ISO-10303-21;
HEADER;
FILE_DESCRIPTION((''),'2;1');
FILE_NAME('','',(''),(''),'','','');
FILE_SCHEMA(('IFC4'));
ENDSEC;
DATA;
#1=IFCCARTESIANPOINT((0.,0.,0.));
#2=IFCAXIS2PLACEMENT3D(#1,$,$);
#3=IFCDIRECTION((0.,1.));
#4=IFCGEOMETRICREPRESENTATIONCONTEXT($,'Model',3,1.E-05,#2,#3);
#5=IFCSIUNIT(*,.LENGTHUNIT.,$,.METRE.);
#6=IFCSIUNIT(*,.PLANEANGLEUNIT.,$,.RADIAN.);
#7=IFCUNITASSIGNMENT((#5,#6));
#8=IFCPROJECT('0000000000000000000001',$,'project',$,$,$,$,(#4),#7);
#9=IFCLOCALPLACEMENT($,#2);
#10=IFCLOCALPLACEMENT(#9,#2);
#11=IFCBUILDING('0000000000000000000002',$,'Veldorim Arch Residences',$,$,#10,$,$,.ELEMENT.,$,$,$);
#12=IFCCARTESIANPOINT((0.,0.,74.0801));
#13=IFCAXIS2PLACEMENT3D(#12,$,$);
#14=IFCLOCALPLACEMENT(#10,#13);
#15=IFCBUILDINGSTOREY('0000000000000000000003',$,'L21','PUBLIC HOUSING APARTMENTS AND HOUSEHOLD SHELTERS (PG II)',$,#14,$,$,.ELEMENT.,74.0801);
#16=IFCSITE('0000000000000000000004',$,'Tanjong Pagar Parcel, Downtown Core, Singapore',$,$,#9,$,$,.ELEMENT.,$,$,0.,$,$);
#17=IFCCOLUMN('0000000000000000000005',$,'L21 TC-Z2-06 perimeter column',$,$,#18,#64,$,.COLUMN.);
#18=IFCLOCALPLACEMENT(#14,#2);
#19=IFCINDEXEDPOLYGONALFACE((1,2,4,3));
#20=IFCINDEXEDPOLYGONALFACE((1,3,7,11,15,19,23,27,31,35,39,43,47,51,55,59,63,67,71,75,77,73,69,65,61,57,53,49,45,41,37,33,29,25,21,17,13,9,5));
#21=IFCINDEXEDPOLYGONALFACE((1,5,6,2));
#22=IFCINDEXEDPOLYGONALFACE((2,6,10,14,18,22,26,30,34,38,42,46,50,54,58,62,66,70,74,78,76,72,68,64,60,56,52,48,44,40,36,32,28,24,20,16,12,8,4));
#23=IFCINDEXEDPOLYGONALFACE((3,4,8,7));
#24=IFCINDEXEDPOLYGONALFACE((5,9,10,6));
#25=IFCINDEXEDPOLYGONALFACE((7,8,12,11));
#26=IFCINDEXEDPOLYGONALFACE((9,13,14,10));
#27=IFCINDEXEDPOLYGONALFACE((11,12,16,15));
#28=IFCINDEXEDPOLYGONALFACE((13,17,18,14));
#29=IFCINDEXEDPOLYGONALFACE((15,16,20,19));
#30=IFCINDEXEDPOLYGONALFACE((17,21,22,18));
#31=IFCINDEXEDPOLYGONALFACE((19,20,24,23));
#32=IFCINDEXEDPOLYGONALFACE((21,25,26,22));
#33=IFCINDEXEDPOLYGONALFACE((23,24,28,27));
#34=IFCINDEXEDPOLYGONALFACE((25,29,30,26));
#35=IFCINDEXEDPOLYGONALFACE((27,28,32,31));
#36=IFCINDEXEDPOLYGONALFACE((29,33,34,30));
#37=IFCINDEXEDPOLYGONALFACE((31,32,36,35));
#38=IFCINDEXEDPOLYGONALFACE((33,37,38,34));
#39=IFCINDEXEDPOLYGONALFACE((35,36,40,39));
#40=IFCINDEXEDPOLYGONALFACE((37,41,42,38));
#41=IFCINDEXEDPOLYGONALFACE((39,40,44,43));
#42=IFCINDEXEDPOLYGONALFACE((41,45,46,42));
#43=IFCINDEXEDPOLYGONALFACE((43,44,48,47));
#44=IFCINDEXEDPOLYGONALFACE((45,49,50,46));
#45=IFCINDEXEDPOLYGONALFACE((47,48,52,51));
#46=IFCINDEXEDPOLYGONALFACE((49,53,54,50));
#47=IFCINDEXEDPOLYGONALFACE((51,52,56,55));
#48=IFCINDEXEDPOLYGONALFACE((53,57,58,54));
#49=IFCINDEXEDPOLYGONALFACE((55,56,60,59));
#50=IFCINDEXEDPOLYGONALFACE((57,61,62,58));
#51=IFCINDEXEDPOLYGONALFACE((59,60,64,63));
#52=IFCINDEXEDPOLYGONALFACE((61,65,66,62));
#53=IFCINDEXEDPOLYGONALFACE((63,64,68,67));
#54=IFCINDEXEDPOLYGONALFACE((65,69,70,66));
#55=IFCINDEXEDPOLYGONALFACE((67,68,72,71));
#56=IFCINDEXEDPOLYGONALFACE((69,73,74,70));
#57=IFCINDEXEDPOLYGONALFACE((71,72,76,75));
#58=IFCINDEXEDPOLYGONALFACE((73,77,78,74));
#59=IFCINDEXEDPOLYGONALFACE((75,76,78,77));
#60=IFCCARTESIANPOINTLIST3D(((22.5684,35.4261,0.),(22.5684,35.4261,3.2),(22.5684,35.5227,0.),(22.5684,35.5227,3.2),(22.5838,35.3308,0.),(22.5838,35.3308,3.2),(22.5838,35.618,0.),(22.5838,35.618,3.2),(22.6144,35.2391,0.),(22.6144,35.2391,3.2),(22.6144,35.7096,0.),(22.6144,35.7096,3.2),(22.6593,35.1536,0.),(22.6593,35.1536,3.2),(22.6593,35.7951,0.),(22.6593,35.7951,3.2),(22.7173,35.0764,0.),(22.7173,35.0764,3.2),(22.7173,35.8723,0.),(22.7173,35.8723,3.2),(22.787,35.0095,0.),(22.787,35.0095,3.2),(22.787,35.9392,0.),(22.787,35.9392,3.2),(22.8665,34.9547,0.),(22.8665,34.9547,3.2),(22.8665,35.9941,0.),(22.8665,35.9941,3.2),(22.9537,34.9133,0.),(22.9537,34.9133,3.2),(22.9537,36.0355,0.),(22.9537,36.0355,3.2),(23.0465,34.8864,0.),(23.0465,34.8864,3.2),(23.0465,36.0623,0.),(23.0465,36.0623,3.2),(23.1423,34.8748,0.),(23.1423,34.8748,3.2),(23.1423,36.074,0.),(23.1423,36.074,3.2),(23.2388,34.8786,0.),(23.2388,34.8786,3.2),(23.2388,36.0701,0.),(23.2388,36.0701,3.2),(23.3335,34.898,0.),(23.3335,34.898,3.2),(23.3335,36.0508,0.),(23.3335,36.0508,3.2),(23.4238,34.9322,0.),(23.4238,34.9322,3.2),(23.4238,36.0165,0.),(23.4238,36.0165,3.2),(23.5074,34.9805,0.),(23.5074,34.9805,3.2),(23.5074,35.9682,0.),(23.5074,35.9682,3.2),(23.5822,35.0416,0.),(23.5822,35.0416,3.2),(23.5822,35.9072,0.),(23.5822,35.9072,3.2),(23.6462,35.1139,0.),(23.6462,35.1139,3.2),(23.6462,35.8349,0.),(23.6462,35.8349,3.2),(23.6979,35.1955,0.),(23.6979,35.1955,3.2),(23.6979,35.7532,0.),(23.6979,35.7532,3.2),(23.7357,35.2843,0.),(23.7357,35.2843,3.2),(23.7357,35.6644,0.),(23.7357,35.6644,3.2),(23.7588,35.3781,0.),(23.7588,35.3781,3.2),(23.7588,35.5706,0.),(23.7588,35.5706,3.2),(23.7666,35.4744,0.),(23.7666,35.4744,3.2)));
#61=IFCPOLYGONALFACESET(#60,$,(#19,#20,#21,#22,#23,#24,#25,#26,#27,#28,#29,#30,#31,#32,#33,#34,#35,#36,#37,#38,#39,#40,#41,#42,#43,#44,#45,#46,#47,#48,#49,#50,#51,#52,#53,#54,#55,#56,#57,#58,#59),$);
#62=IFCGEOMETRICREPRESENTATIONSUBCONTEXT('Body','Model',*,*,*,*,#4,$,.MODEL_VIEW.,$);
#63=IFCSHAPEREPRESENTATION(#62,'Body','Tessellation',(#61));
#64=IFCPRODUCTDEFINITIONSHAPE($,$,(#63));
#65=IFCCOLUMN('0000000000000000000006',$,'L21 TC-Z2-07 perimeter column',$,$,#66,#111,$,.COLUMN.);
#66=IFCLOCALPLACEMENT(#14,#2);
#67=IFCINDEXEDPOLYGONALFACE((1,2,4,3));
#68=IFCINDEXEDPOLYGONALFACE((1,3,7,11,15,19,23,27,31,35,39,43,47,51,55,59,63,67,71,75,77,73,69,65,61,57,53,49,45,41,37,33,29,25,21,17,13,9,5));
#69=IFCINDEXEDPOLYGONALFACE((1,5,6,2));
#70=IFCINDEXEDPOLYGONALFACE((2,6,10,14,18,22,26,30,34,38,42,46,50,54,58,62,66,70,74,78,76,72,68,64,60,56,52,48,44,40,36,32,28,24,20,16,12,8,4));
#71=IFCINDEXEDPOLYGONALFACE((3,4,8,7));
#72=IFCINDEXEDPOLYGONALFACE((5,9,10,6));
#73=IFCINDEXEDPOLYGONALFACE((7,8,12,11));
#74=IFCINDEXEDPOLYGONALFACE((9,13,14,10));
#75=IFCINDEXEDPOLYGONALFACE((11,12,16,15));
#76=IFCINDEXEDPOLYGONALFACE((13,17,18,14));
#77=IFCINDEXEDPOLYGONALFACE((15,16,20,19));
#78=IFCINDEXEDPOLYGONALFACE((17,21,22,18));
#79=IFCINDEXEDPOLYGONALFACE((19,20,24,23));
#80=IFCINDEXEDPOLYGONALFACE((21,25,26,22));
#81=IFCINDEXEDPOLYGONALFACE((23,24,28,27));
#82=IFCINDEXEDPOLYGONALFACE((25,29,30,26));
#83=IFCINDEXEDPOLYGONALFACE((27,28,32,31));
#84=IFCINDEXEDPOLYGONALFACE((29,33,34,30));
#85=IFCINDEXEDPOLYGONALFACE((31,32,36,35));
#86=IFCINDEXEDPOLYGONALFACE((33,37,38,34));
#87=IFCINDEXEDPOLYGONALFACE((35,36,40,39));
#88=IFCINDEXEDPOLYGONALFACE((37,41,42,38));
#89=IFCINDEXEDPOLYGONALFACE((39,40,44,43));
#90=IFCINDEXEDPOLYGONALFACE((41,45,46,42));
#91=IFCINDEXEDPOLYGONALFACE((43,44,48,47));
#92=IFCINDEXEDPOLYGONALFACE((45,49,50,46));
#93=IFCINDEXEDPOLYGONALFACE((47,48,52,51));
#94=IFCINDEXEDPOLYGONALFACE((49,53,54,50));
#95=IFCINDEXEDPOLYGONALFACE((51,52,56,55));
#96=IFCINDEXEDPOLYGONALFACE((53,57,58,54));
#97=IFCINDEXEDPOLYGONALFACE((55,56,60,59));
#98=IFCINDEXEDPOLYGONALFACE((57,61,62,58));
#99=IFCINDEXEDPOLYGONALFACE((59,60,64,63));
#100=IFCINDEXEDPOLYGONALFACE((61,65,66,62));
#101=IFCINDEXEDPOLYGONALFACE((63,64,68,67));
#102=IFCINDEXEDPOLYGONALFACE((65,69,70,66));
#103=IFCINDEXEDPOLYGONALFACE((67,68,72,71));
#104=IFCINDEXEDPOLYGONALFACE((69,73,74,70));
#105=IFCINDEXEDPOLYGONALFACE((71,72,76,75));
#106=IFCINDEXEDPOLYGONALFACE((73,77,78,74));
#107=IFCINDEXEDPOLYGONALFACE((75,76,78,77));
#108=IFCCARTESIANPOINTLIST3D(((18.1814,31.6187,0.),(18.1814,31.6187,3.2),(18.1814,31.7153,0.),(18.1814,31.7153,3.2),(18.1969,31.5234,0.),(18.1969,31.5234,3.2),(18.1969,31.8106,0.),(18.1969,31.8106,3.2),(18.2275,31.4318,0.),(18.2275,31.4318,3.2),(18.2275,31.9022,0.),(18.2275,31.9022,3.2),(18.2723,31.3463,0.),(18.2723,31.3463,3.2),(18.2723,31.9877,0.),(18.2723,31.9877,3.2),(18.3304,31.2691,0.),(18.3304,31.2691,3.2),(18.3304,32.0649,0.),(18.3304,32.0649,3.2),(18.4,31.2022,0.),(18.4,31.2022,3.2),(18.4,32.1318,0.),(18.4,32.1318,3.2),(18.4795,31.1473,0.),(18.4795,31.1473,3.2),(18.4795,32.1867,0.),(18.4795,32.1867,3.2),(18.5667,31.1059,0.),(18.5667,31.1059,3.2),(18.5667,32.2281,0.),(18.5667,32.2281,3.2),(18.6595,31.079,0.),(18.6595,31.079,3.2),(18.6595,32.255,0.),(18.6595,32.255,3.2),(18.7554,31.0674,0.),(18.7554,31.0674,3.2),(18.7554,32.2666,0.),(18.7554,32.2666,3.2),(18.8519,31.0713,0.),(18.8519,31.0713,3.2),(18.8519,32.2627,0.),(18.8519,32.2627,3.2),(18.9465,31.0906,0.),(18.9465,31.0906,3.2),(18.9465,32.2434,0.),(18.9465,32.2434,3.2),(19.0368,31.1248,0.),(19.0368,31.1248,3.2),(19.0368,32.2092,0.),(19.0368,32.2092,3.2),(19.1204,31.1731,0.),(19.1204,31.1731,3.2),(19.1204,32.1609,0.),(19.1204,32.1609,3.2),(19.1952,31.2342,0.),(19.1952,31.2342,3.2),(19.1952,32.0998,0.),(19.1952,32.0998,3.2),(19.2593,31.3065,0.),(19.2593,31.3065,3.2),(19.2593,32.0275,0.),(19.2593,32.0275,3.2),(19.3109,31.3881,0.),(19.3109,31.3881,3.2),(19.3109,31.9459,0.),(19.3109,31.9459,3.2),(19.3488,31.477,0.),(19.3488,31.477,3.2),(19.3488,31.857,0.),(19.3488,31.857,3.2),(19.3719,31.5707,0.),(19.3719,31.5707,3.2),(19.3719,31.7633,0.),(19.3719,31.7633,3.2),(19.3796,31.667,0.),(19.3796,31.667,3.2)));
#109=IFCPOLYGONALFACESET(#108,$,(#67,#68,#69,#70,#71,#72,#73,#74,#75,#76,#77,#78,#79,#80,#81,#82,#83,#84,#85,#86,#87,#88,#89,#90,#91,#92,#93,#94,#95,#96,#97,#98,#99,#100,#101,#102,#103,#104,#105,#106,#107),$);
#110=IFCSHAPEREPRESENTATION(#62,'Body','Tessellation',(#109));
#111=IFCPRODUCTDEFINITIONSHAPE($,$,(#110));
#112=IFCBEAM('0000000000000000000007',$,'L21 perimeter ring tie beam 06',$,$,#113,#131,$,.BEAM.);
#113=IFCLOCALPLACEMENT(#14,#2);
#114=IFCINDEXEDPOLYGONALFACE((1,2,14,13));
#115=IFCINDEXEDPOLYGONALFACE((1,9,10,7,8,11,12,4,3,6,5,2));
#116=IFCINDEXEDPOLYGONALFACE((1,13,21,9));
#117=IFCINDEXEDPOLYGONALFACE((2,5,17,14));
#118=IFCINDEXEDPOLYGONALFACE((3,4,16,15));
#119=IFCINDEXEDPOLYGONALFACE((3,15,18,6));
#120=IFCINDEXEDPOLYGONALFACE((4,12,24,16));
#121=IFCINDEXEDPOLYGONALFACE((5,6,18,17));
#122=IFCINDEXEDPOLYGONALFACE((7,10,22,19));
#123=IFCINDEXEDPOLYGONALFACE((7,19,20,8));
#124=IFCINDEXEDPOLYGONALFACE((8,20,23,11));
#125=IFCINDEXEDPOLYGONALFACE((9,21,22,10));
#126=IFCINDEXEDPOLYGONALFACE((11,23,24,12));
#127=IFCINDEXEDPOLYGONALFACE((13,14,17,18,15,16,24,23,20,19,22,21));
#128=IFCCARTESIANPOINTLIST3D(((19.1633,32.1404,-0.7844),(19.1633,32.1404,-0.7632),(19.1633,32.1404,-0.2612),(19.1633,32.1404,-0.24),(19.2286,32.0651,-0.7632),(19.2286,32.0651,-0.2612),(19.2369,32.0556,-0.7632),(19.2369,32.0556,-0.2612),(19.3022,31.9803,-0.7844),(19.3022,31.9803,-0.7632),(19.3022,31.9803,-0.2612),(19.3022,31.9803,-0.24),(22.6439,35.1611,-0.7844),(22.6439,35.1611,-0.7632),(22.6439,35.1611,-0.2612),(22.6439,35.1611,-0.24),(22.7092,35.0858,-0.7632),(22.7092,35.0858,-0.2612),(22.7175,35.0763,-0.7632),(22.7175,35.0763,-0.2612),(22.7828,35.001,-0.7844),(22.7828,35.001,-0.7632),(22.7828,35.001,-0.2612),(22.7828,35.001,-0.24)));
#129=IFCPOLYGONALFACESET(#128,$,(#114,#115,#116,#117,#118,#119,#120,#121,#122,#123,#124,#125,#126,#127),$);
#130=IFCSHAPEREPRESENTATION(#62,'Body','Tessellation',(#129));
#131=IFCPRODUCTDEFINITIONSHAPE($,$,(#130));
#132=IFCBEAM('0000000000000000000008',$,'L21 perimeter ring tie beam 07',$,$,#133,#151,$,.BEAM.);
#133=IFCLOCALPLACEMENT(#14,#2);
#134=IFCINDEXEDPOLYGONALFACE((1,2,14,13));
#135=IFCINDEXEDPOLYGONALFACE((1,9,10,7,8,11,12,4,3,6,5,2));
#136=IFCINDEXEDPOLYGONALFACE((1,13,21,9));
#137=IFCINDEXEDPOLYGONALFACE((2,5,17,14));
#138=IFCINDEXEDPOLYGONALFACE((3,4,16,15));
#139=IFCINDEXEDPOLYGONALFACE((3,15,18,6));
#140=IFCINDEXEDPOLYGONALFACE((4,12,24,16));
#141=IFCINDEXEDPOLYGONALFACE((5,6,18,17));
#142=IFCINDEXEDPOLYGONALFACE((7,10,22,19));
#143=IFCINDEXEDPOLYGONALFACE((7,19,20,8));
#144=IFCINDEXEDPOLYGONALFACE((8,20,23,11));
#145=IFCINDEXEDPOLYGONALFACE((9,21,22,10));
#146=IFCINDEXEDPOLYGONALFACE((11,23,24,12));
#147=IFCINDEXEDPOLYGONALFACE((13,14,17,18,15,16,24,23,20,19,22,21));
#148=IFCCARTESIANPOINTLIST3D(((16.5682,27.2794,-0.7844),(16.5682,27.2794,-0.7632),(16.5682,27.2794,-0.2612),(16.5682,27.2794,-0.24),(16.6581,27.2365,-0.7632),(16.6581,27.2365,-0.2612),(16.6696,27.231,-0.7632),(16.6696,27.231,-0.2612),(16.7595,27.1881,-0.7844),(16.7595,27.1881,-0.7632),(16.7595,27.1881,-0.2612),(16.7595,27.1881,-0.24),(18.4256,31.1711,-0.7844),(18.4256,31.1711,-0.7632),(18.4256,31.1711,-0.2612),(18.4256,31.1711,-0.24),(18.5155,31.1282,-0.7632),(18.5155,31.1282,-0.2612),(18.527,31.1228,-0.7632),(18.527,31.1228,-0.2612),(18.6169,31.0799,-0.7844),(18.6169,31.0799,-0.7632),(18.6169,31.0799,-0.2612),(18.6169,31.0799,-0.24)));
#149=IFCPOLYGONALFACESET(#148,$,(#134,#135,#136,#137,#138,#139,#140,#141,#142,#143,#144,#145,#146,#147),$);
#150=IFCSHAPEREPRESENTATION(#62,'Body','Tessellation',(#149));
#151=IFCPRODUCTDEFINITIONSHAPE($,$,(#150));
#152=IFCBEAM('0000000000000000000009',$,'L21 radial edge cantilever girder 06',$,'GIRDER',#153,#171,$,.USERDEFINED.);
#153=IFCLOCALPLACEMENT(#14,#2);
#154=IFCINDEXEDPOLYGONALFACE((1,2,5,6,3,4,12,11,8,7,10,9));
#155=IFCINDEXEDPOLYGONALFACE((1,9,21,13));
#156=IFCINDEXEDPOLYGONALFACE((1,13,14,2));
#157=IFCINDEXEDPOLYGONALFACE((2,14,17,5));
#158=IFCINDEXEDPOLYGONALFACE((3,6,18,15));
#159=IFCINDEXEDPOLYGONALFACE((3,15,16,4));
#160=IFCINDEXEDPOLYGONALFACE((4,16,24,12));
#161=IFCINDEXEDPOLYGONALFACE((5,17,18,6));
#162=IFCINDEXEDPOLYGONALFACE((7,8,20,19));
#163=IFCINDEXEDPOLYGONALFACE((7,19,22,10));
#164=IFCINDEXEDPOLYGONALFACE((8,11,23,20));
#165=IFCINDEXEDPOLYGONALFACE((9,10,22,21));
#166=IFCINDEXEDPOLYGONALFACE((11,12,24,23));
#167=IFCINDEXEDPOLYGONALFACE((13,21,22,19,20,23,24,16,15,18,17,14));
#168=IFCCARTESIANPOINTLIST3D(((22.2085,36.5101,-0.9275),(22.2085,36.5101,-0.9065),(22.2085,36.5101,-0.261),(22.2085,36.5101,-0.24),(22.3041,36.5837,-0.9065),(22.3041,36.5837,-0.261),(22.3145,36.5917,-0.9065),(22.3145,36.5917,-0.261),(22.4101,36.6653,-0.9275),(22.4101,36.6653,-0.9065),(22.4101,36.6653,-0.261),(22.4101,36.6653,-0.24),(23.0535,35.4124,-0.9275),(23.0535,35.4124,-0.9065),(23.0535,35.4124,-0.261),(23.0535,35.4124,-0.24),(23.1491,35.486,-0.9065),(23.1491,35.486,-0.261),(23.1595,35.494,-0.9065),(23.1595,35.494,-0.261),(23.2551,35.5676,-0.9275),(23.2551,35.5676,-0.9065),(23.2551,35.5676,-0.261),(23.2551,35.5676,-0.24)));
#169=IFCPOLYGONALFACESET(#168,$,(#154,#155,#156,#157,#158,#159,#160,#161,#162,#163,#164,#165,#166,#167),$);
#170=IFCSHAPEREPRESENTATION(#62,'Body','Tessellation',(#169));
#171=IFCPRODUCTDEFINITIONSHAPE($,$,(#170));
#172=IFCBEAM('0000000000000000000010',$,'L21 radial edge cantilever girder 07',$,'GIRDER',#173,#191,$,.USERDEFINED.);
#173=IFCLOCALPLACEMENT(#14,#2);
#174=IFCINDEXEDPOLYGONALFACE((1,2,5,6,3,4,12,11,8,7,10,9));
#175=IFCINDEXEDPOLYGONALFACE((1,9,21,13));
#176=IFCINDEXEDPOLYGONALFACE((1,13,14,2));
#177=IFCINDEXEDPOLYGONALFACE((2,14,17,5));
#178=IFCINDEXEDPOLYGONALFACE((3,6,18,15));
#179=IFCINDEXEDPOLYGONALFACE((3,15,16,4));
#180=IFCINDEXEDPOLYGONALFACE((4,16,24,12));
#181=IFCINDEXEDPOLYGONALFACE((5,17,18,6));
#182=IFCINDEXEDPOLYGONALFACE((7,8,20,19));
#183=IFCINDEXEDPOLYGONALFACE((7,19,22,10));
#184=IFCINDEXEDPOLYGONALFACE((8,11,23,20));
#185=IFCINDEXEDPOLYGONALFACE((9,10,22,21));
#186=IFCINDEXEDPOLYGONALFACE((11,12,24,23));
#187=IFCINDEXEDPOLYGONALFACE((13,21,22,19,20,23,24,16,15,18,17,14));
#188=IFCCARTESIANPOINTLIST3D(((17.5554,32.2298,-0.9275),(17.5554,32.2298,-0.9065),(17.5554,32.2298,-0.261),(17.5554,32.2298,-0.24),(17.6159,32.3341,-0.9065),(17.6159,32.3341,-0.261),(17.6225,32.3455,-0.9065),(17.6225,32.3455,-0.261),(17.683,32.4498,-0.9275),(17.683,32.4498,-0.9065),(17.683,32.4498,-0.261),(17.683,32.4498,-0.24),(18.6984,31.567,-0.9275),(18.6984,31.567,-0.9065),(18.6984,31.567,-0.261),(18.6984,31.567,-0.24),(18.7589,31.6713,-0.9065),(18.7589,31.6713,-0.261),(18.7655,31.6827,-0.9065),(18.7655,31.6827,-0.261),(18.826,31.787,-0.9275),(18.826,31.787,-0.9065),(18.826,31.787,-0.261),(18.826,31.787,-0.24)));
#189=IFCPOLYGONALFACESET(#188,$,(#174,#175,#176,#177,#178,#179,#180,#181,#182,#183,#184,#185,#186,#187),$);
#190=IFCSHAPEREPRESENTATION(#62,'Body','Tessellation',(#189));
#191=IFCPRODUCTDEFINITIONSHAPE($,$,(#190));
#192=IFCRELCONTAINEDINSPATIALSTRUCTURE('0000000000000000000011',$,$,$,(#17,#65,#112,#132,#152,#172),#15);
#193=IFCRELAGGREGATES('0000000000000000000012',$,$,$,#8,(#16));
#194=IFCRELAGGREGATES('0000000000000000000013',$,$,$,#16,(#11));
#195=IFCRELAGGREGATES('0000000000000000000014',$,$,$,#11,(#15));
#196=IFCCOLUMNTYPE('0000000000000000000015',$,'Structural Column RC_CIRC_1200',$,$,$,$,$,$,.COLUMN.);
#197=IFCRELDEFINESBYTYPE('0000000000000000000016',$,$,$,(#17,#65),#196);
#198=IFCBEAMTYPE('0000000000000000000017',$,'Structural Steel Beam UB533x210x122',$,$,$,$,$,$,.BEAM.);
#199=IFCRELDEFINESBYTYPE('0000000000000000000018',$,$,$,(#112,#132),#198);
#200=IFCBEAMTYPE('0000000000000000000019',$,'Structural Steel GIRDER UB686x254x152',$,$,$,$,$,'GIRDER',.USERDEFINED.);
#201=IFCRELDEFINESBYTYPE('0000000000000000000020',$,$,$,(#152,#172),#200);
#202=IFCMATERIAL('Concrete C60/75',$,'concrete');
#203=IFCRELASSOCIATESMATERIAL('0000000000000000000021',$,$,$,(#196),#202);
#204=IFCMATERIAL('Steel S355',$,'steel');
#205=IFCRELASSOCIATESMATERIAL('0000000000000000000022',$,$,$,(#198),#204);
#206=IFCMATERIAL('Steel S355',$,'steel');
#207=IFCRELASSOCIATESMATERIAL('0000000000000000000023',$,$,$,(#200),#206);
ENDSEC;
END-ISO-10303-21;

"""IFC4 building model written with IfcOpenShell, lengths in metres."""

from ifc_helpers import new_model, si_unit, direction, frame, origin, origin_2d, place, context, subcontext, project, spatial, circle, i_section, extrude, material, material_profile, profile_set, type_object, element, save


model = new_model("IFC4")

# Units and contexts
model_context = context("Model", 3, precision=1e-05, world=origin(), true_north=direction((0.0, 1.0)))
body_context = subcontext(model_context, "Body", "Model", "MODEL_VIEW")
ifc_project = project(units=[si_unit("LENGTHUNIT", "METRE"), si_unit("PLANEANGLEUNIT", "RADIAN")], contexts=[model_context])

# Site, building, storey
site_placement = place(None, origin())
site = spatial("IfcSite", under=ifc_project, at=site_placement, Name="Tanjong Pagar Parcel, Downtown Core, Singapore", CompositionType="ELEMENT", RefElevation=0.0)
building_placement = place(site_placement, origin())
building = spatial("IfcBuilding", under=site, at=building_placement, Name="Veldorim Arch Residences", CompositionType="ELEMENT")
storey_placement = place(building_placement, frame((0.0, 0.0, 74.0801)))
storey = spatial("IfcBuildingStorey", under=building, at=storey_placement, Name="L21", Description="PUBLIC HOUSING APARTMENTS AND HOUSEHOLD SHELTERS (PG II)", CompositionType="ELEMENT", Elevation=74.0801)

# Columns
ifc_material_1 = material(Name="Concrete C60/75", Category="concrete")
ifc_material_profile_1 = material_profile(ifc_material_1, circle(Radius=0.6001, at=origin_2d()), Name="RC_CIRC_1200")
ifc_profile_set_1 = profile_set([ifc_material_profile_1], Name="Concrete C60/75")
column_type = type_object("IfcColumnType", Name="Structural Column RC_CIRC_1200", PredefinedType="COLUMN", material=ifc_profile_set_1)
for number, where, z_axis, x_axis, name in (
    (1, (23.1665, 35.4744, 0.0), (0.0, 0.0, 1.0), (1.0, 0.0, 0.0), "L21 TC-Z2-06 perimeter column"),
    (2, (18.7795, 31.667, 0.0), (0.0, 0.0, 1.0), (1.0, 0.0, 0.0), "L21 TC-Z2-07 perimeter column"),
):
    element("IfcColumn", number, at=place(storey_placement, frame(where, z_axis=z_axis, x_axis=x_axis)), inside=storey, type_object=column_type, Name=name, PredefinedType="COLUMN", context=body_context, shape_type="SweptSolid", body=[
        extrude(circle(Radius=0.6001, at=origin_2d()), origin(), (0.0, 0.0, 1.0), 3.2),
    ])

# Beams
ifc_material_2 = material(Name="Steel S355", Category="steel")
ifc_material_profile_2 = material_profile(ifc_material_2, i_section(OverallWidth=0.2119, OverallDepth=0.5444, WebThickness=0.0127, FlangeThickness=0.0212, at=origin_2d()), Name="UB533x210x122")
ifc_profile_set_2 = profile_set([ifc_material_profile_2], Name="Steel S355")
beam_type_1 = type_object("IfcBeamType", Name="Structural Steel Beam UB533x210x122", PredefinedType="BEAM", material=ifc_profile_set_2)
beam_1_placement = place(storey_placement, frame((22.7134, 35.0811, -0.5122), z_axis=(-0.755245, -0.655443, 0.0), x_axis=(0.655443, -0.755245, 0.0)))
element("IfcBeam", 3, at=beam_1_placement, inside=storey, type_object=beam_type_1, Name="L21 perimeter ring tie beam 06", PredefinedType="BEAM", context=body_context, shape_type="SweptSolid", body=[
    extrude(i_section(OverallWidth=0.2119, OverallDepth=0.5444, WebThickness=0.0127, FlangeThickness=0.0212, at=origin_2d()), origin(), (0.0, 0.0, 1.0), 4.6086),
])
beam_2_placement = place(storey_placement, frame((18.5212, 31.1255, -0.5122), z_axis=(-0.43072, -0.902486, 0.0), x_axis=(0.902486, -0.43072, 0.0)))
element("IfcBeam", 4, at=beam_2_placement, inside=storey, type_object=beam_type_1, Name="L21 perimeter ring tie beam 07", PredefinedType="BEAM", context=body_context, shape_type="SweptSolid", body=[
    extrude(i_section(OverallWidth=0.2119, OverallDepth=0.5444, WebThickness=0.0127, FlangeThickness=0.0212, at=origin_2d()), origin(), (0.0, 0.0, 1.0), 4.3123),
])
ifc_material_3 = material(Name="Steel S355", Category="steel")
ifc_material_profile_3 = material_profile(ifc_material_3, i_section(OverallWidth=0.2544, OverallDepth=0.6875, WebThickness=0.0132, FlangeThickness=0.021, at=origin_2d()), Name="UB686x254x152")
ifc_profile_set_3 = profile_set([ifc_material_profile_3], Name="Steel S355")
beam_type_2 = type_object("IfcBeamType", Name="Structural Steel GIRDER UB686x254x152", ElementType="GIRDER", PredefinedType="USERDEFINED", material=ifc_profile_set_3)
beam_3_placement = place(storey_placement, frame((23.1543, 35.49, -0.5837), z_axis=(-0.609992, 0.792408, 0.0), x_axis=(-0.792408, -0.609992, 0.0)))
element("IfcBeam", 5, at=beam_3_placement, inside=storey, type_object=beam_type_2, Name="L21 radial edge cantilever girder 06", ObjectType="GIRDER", PredefinedType="USERDEFINED", context=body_context, shape_type="SweptSolid", body=[
    extrude(i_section(OverallWidth=0.2544, OverallDepth=0.6875, WebThickness=0.0132, FlangeThickness=0.021, at=origin_2d()), origin(), (0.0, 0.0, 1.0), 1.3853),
])
beam_4_placement = place(storey_placement, frame((18.7622, 31.677, -0.5837), z_axis=(-0.865076, 0.501641, 0.0), x_axis=(-0.501641, -0.865076, 0.0)))
element("IfcBeam", 6, at=beam_4_placement, inside=storey, type_object=beam_type_2, Name="L21 radial edge cantilever girder 07", ObjectType="GIRDER", PredefinedType="USERDEFINED", context=body_context, shape_type="SweptSolid", body=[
    extrude(i_section(OverallWidth=0.2544, OverallDepth=0.6875, WebThickness=0.0132, FlangeThickness=0.021, at=origin_2d()), origin(), (0.0, 0.0, 1.0), 1.3213),
])

save(model, "model.ifc")
